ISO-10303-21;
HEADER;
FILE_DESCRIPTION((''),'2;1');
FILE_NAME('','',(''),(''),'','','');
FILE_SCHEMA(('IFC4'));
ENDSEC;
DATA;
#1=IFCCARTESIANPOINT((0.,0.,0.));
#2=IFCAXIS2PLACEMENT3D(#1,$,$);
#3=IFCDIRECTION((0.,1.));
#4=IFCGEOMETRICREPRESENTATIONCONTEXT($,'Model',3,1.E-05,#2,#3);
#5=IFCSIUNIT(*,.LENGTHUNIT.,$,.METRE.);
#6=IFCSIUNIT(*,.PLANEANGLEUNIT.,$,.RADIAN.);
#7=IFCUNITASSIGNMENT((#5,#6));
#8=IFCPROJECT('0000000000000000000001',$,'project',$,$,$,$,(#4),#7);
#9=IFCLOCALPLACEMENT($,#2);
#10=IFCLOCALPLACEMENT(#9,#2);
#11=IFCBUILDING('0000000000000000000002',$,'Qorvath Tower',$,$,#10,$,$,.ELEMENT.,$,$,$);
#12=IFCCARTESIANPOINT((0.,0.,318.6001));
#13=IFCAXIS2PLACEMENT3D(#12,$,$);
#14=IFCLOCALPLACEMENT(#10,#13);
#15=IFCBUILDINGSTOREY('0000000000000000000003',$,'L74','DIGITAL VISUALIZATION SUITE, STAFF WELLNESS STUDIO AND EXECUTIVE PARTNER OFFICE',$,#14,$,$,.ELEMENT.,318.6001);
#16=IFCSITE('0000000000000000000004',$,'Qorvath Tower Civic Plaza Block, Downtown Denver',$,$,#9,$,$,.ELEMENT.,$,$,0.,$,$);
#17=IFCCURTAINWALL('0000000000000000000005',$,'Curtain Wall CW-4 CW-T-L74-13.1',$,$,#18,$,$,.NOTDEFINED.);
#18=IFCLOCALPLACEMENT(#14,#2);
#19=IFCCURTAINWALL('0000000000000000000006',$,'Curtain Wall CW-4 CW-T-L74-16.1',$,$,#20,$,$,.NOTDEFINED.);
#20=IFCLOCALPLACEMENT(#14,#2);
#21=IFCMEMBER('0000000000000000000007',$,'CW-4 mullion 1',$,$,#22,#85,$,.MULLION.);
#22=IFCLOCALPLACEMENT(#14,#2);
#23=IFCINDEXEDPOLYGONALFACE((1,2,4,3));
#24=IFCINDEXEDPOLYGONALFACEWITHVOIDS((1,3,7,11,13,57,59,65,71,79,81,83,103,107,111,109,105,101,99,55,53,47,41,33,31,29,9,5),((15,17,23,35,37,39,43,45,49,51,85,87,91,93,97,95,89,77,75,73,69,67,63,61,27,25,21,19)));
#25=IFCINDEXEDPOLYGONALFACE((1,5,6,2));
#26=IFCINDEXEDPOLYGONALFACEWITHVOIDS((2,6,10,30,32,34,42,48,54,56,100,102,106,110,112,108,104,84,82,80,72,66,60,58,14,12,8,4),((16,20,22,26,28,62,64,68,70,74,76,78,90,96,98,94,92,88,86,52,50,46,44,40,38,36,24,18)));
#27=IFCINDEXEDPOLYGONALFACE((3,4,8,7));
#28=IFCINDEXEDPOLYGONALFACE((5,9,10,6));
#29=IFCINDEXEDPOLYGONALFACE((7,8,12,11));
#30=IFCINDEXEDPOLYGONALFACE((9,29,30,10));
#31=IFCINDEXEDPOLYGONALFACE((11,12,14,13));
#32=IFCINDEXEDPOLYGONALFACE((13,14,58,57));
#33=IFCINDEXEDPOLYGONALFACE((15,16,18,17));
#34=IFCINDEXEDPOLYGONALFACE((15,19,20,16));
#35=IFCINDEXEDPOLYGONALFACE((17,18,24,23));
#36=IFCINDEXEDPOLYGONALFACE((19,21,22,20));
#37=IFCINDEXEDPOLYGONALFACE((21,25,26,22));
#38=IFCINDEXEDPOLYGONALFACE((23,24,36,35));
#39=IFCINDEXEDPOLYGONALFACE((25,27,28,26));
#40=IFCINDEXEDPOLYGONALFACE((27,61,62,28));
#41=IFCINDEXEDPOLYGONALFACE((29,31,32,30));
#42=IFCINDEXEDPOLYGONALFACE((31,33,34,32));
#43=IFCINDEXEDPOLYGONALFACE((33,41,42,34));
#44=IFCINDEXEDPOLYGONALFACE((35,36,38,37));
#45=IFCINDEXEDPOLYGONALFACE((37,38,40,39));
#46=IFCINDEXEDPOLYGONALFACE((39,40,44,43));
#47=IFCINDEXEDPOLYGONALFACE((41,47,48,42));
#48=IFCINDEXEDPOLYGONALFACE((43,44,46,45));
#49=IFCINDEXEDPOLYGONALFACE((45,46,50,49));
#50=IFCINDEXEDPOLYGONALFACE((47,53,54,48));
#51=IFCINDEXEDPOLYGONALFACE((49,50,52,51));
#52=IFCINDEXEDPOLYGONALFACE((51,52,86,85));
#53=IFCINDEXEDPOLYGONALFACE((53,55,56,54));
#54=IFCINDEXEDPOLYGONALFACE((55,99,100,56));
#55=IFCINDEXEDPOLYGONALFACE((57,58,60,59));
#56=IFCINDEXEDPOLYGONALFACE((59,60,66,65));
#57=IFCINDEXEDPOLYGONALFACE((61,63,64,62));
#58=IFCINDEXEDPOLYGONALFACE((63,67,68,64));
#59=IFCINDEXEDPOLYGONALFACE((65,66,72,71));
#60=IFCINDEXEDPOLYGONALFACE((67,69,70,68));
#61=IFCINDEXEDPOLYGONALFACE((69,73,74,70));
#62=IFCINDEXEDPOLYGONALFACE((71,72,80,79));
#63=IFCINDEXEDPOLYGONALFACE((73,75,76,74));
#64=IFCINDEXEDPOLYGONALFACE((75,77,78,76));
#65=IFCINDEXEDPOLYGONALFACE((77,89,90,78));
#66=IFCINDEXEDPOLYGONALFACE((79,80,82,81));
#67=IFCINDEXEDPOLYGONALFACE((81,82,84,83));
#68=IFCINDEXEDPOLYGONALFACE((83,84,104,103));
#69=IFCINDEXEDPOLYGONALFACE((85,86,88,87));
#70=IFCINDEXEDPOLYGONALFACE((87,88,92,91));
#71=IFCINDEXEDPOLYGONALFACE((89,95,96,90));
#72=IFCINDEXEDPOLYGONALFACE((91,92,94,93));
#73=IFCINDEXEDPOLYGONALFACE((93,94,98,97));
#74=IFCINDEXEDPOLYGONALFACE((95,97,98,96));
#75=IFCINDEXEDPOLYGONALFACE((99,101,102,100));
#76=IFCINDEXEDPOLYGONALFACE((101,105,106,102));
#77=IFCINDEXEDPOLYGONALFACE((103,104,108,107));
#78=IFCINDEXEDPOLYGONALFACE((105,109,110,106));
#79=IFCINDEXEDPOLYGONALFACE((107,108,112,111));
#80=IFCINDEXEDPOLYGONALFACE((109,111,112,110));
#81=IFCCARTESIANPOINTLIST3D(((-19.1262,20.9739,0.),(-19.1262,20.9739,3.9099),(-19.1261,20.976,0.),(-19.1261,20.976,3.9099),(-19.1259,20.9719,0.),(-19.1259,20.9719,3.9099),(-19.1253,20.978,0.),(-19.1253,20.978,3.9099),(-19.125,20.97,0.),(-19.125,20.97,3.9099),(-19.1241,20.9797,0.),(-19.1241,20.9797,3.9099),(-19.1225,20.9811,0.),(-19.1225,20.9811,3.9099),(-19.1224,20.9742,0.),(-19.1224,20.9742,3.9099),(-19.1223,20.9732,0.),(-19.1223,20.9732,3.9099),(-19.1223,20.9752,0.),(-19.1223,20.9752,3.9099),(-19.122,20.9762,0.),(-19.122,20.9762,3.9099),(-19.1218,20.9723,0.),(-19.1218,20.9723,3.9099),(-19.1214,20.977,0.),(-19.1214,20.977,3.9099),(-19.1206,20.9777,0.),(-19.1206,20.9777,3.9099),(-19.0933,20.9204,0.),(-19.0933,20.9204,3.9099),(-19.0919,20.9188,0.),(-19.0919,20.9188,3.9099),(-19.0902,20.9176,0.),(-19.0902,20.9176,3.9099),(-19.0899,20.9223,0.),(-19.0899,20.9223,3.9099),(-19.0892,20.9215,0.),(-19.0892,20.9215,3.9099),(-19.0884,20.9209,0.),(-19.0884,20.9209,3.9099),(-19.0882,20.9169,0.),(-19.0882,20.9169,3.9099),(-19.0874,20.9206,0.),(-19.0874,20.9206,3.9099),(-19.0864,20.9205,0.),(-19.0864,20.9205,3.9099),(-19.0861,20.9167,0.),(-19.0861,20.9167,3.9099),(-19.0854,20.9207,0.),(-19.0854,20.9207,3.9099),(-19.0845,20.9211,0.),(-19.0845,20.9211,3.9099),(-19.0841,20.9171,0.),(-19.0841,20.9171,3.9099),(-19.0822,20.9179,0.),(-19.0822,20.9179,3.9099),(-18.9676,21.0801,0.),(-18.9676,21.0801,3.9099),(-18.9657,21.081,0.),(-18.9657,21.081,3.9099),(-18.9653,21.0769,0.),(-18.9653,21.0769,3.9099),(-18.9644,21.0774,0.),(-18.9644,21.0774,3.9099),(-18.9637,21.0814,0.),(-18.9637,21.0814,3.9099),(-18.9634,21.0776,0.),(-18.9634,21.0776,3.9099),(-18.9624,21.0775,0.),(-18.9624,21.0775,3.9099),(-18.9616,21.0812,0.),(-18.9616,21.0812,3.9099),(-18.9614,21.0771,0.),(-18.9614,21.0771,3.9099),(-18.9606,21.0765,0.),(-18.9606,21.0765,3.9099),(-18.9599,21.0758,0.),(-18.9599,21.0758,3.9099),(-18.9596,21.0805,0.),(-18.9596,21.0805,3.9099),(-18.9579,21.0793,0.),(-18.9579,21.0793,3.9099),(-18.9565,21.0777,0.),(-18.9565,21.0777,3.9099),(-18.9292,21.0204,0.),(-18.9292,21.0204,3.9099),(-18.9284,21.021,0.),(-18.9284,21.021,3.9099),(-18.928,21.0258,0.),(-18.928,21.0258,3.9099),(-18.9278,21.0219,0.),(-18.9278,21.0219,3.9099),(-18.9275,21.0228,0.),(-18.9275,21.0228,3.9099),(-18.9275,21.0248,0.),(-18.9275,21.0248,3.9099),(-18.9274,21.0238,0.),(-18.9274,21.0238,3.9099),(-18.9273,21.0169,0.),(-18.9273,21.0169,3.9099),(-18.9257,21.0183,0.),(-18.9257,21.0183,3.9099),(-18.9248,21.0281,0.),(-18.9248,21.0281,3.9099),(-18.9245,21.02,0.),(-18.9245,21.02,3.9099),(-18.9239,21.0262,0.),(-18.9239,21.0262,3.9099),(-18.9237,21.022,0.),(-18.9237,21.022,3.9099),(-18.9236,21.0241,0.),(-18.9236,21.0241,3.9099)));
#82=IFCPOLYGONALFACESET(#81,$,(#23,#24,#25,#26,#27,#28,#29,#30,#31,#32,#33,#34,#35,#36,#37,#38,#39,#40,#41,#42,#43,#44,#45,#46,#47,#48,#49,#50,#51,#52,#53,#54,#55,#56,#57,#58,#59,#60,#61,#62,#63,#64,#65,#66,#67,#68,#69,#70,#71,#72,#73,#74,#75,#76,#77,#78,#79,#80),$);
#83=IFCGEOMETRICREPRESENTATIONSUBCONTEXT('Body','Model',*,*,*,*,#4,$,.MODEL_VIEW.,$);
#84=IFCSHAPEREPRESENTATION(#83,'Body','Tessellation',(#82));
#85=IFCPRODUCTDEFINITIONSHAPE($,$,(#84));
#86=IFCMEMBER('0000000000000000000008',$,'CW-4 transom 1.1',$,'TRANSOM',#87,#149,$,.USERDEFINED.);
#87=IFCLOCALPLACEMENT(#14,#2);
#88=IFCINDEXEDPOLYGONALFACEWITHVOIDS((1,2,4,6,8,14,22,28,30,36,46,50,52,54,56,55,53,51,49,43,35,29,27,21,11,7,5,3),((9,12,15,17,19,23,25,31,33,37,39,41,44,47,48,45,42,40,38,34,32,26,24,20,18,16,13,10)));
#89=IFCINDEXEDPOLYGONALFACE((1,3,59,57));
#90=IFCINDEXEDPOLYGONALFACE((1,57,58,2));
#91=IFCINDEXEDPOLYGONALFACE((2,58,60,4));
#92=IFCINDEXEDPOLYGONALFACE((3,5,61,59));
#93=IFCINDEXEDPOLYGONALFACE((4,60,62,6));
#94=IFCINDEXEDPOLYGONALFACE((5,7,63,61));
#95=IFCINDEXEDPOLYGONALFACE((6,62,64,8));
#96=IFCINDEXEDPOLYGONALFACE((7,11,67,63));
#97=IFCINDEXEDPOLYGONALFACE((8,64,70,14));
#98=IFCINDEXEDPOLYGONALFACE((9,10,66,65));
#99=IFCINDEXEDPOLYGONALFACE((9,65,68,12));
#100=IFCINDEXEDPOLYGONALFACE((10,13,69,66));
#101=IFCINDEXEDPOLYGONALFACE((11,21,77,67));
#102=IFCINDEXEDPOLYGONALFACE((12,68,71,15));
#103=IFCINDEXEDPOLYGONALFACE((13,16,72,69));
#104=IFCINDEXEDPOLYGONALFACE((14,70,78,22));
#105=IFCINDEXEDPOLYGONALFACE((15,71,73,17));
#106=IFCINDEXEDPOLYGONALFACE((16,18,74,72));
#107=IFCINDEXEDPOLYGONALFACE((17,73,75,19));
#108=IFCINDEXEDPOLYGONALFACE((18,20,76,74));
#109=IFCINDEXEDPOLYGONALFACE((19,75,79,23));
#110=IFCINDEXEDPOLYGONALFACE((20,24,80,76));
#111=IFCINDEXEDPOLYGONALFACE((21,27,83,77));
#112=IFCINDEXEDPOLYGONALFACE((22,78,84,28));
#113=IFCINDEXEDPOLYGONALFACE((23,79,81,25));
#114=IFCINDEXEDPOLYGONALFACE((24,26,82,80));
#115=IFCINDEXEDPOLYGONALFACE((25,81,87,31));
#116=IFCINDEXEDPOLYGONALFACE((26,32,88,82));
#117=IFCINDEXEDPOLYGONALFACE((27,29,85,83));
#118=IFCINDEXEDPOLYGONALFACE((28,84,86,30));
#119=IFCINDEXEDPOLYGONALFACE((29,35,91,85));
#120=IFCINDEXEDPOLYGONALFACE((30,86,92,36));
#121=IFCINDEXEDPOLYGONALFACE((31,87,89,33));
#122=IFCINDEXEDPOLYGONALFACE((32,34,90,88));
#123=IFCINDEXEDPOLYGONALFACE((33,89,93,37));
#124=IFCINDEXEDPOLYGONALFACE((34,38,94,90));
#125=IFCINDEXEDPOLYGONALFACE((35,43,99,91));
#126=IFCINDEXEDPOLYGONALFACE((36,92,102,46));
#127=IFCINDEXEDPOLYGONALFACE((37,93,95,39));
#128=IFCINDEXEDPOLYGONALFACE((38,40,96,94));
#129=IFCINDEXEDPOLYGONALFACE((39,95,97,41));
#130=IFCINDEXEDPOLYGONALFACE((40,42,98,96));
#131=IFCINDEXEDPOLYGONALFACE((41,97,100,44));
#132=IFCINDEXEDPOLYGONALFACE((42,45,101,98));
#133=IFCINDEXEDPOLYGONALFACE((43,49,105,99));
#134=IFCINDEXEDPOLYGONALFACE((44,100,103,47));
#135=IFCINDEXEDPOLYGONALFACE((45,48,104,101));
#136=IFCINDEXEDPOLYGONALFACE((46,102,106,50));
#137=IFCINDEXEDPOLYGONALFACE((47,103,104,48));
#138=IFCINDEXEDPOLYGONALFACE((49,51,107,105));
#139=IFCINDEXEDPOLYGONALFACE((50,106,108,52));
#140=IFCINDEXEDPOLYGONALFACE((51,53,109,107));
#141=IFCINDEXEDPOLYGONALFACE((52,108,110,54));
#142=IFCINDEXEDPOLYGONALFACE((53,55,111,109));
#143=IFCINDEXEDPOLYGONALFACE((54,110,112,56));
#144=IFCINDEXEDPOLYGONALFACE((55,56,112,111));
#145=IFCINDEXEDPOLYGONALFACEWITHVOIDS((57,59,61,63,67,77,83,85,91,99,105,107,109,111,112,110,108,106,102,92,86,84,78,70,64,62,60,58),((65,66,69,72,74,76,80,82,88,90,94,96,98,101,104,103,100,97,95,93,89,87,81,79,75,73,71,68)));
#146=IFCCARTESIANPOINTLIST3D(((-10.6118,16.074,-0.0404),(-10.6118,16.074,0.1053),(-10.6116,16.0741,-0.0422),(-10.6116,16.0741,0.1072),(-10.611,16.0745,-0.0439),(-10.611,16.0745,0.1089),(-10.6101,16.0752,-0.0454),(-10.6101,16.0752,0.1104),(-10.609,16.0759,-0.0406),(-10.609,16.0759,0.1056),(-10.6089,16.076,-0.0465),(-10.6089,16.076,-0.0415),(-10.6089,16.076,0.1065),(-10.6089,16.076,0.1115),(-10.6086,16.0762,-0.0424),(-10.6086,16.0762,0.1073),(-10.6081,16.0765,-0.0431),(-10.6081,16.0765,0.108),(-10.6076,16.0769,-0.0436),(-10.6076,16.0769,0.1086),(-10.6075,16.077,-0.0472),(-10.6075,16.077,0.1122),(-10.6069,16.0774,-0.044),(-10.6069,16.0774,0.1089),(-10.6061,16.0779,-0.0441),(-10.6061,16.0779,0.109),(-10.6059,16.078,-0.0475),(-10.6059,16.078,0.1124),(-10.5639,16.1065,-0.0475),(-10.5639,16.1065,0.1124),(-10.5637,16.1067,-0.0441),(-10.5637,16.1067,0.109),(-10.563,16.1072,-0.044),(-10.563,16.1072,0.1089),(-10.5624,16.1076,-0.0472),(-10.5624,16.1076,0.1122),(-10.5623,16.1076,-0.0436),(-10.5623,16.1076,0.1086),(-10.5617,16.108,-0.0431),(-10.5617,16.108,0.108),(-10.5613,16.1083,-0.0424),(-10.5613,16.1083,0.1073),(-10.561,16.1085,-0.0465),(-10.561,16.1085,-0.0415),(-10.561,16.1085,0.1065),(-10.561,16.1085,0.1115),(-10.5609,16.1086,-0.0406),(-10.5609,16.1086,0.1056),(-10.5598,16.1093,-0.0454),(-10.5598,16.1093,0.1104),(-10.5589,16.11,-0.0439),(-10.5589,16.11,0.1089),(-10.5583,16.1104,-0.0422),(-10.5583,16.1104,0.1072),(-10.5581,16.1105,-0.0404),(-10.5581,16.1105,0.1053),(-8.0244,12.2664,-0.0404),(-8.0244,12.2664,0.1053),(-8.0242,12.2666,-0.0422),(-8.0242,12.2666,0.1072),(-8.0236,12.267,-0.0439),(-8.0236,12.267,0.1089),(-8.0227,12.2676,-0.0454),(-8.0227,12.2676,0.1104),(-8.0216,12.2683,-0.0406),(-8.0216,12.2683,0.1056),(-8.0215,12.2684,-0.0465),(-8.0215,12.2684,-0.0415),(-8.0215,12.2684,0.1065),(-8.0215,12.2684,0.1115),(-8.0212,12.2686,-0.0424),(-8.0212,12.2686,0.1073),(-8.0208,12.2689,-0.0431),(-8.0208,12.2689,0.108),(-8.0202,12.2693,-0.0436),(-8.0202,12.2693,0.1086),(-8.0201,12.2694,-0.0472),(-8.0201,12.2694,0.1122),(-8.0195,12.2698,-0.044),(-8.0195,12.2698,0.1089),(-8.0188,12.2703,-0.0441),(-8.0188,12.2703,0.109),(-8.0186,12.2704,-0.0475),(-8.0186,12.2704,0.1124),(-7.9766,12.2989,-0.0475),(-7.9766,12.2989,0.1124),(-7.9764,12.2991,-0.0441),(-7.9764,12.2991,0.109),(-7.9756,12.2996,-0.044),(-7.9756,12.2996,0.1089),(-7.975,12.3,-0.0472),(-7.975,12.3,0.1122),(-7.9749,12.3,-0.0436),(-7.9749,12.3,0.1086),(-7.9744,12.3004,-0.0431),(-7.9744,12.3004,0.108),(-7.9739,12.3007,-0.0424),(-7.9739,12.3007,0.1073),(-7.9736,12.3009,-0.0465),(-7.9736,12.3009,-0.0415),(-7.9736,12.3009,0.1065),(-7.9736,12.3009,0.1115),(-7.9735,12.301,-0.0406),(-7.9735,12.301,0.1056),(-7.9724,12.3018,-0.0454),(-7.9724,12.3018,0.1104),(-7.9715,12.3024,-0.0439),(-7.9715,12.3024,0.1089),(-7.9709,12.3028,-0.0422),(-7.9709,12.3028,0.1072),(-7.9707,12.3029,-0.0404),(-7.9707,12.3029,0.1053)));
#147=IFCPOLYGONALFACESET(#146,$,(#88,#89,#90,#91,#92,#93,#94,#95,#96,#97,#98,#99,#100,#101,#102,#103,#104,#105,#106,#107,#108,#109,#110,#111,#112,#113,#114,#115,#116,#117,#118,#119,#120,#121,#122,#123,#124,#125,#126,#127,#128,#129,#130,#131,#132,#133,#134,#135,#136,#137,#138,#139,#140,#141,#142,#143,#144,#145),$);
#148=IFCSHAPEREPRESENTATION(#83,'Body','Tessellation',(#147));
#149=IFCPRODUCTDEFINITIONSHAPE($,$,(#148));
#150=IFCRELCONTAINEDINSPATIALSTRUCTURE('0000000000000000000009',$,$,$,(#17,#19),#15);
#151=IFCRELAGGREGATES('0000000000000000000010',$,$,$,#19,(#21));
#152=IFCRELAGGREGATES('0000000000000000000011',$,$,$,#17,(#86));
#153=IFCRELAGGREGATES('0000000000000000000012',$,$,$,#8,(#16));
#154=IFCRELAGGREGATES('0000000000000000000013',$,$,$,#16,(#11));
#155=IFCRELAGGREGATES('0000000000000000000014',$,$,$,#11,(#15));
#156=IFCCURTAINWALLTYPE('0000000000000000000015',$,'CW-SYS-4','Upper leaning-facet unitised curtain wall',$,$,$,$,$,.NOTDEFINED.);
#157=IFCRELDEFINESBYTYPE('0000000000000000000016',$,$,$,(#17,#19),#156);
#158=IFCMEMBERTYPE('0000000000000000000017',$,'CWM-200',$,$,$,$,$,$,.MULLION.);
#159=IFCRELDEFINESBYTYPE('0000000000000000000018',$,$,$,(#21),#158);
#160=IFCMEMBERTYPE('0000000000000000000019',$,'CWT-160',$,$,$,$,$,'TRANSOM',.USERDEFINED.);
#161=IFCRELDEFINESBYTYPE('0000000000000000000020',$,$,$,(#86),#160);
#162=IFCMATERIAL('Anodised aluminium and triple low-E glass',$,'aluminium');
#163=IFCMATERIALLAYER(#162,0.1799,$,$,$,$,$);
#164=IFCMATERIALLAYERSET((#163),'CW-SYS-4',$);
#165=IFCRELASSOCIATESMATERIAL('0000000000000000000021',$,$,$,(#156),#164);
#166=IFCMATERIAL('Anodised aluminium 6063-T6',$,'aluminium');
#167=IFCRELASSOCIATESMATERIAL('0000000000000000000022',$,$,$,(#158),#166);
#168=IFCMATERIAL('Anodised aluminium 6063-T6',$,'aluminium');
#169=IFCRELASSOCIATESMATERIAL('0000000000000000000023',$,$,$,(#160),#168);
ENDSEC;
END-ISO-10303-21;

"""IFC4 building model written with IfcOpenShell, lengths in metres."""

from ifc_helpers import new_model, si_unit, direction, frame, origin, origin_2d, place, context, subcontext, project, spatial, hollow_rectangle, extrude, material, layer, layer_set, material_profile, profile_set, type_object, element, aggregate, save


model = new_model("IFC4")

# Units and contexts
model_context = context("Model", 3, precision=1e-05, world=origin(), true_north=direction((0.0, 1.0)))
body_context = subcontext(model_context, "Body", "Model", "MODEL_VIEW")
ifc_project = project(units=[si_unit("LENGTHUNIT", "METRE"), si_unit("PLANEANGLEUNIT", "RADIAN")], contexts=[model_context])

# Site, building, storey
site_placement = place(None, origin())
site = spatial("IfcSite", under=ifc_project, at=site_placement, Name="Qorvath Tower Civic Plaza Block, Downtown Denver", CompositionType="ELEMENT", RefElevation=0.0)
building_placement = place(site_placement, origin())
building = spatial("IfcBuilding", under=site, at=building_placement, Name="Qorvath Tower", CompositionType="ELEMENT")
storey_placement = place(building_placement, frame((0.0, 0.0, 318.6001)))
storey = spatial("IfcBuildingStorey", under=building, at=storey_placement, Name="L74", Description="DIGITAL VISUALIZATION SUITE, STAFF WELLNESS STUDIO AND EXECUTIVE PARTNER OFFICE", CompositionType="ELEMENT", Elevation=318.6001)

# Shared definitions
ifc_material_1 = material(Name="Anodised aluminium and triple low-E glass", Category="aluminium")
ifc_layer_1 = layer(ifc_material_1, 0.1799)
ifc_layer_set_1 = layer_set([ifc_layer_1], Name="CW-SYS-4")
curtain_wall_type = type_object("IfcCurtainWallType", Name="CW-SYS-4", Description="Upper leaning-facet unitised curtain wall", PredefinedType="NOTDEFINED", material=ifc_layer_set_1)
ifc_material_2 = material(Name="Anodised aluminium 6063-T6", Category="aluminium")
ifc_material_profile_1 = material_profile(ifc_material_2, hollow_rectangle(XDim=0.075, YDim=0.2, WallThickness=0.0039, InnerFilletRadius=0.0039, OuterFilletRadius=0.0081, at=origin_2d()), Name="CWM 200x75")
ifc_profile_set_1 = profile_set([ifc_material_profile_1], Name="Anodised aluminium 6063-T6")
member_type_1 = type_object("IfcMemberType", Name="CWM-200", PredefinedType="MULLION", material=ifc_profile_set_1)

# Curtain wall
curtain_wall_1_placement = place(storey_placement, origin())
curtain_wall_1 = element("IfcCurtainWall", 1, at=curtain_wall_1_placement, inside=storey, type_object=curtain_wall_type, Name="Curtain Wall CW-4 CW-T-L74-13.1", PredefinedType="NOTDEFINED")

# Curtain wall, member
curtain_wall_2_placement = place(storey_placement, origin())
curtain_wall_2 = element("IfcCurtainWall", 2, at=curtain_wall_2_placement, inside=storey, type_object=curtain_wall_type, Name="Curtain Wall CW-4 CW-T-L74-16.1", PredefinedType="NOTDEFINED")
member_1_placement = place(storey_placement, frame((-19.0249, 20.999, 0.0), z_axis=(0.0, 0.0, 1.0), x_axis=(0.538532, -0.842605, 0.0)))
member_1 = element("IfcMember", 3, at=member_1_placement, type_object=member_type_1, Name="CW-4 mullion 1", PredefinedType="MULLION", context=body_context, shape_type="SweptSolid", body=[
    extrude(hollow_rectangle(XDim=0.075, YDim=0.2, WallThickness=0.0039, InnerFilletRadius=0.0039, OuterFilletRadius=0.0081, at=origin_2d()), origin(), (0.0, 0.0, 1.0), 3.9099),
])

# Member
ifc_material_3 = material(Name="Anodised aluminium 6063-T6", Category="aluminium")
ifc_material_profile_2 = material_profile(ifc_material_3, hollow_rectangle(XDim=0.0649, YDim=0.1599, WallThickness=0.0034, InnerFilletRadius=0.0034, OuterFilletRadius=0.0071, at=origin_2d()), Name="CWT 160x65")
ifc_profile_set_2 = profile_set([ifc_material_profile_2], Name="Anodised aluminium 6063-T6")
member_type_2 = type_object("IfcMemberType", Name="CWT-160", ElementType="TRANSOM", PredefinedType="USERDEFINED", material=ifc_profile_set_2)
member_2_placement = place(storey_placement, frame((-7.9976, 12.2847, 0.0325), z_axis=(-0.562046, 0.827106, 0.0), x_axis=(-0.827106, -0.562046, 0.0)))
member_2 = element("IfcMember", 4, at=member_2_placement, type_object=member_type_2, Name="CW-4 transom 1.1", ObjectType="TRANSOM", PredefinedType="USERDEFINED", context=body_context, shape_type="SweptSolid", body=[
    extrude(hollow_rectangle(XDim=0.0649, YDim=0.1599, WallThickness=0.0034, InnerFilletRadius=0.0034, OuterFilletRadius=0.0071, at=origin_2d()), origin(), (0.0, 0.0, 1.0), 4.6035),
])
aggregate(curtain_wall_2, [member_1])

aggregate(curtain_wall_1, [member_2])

save(model, "model.ifc")
